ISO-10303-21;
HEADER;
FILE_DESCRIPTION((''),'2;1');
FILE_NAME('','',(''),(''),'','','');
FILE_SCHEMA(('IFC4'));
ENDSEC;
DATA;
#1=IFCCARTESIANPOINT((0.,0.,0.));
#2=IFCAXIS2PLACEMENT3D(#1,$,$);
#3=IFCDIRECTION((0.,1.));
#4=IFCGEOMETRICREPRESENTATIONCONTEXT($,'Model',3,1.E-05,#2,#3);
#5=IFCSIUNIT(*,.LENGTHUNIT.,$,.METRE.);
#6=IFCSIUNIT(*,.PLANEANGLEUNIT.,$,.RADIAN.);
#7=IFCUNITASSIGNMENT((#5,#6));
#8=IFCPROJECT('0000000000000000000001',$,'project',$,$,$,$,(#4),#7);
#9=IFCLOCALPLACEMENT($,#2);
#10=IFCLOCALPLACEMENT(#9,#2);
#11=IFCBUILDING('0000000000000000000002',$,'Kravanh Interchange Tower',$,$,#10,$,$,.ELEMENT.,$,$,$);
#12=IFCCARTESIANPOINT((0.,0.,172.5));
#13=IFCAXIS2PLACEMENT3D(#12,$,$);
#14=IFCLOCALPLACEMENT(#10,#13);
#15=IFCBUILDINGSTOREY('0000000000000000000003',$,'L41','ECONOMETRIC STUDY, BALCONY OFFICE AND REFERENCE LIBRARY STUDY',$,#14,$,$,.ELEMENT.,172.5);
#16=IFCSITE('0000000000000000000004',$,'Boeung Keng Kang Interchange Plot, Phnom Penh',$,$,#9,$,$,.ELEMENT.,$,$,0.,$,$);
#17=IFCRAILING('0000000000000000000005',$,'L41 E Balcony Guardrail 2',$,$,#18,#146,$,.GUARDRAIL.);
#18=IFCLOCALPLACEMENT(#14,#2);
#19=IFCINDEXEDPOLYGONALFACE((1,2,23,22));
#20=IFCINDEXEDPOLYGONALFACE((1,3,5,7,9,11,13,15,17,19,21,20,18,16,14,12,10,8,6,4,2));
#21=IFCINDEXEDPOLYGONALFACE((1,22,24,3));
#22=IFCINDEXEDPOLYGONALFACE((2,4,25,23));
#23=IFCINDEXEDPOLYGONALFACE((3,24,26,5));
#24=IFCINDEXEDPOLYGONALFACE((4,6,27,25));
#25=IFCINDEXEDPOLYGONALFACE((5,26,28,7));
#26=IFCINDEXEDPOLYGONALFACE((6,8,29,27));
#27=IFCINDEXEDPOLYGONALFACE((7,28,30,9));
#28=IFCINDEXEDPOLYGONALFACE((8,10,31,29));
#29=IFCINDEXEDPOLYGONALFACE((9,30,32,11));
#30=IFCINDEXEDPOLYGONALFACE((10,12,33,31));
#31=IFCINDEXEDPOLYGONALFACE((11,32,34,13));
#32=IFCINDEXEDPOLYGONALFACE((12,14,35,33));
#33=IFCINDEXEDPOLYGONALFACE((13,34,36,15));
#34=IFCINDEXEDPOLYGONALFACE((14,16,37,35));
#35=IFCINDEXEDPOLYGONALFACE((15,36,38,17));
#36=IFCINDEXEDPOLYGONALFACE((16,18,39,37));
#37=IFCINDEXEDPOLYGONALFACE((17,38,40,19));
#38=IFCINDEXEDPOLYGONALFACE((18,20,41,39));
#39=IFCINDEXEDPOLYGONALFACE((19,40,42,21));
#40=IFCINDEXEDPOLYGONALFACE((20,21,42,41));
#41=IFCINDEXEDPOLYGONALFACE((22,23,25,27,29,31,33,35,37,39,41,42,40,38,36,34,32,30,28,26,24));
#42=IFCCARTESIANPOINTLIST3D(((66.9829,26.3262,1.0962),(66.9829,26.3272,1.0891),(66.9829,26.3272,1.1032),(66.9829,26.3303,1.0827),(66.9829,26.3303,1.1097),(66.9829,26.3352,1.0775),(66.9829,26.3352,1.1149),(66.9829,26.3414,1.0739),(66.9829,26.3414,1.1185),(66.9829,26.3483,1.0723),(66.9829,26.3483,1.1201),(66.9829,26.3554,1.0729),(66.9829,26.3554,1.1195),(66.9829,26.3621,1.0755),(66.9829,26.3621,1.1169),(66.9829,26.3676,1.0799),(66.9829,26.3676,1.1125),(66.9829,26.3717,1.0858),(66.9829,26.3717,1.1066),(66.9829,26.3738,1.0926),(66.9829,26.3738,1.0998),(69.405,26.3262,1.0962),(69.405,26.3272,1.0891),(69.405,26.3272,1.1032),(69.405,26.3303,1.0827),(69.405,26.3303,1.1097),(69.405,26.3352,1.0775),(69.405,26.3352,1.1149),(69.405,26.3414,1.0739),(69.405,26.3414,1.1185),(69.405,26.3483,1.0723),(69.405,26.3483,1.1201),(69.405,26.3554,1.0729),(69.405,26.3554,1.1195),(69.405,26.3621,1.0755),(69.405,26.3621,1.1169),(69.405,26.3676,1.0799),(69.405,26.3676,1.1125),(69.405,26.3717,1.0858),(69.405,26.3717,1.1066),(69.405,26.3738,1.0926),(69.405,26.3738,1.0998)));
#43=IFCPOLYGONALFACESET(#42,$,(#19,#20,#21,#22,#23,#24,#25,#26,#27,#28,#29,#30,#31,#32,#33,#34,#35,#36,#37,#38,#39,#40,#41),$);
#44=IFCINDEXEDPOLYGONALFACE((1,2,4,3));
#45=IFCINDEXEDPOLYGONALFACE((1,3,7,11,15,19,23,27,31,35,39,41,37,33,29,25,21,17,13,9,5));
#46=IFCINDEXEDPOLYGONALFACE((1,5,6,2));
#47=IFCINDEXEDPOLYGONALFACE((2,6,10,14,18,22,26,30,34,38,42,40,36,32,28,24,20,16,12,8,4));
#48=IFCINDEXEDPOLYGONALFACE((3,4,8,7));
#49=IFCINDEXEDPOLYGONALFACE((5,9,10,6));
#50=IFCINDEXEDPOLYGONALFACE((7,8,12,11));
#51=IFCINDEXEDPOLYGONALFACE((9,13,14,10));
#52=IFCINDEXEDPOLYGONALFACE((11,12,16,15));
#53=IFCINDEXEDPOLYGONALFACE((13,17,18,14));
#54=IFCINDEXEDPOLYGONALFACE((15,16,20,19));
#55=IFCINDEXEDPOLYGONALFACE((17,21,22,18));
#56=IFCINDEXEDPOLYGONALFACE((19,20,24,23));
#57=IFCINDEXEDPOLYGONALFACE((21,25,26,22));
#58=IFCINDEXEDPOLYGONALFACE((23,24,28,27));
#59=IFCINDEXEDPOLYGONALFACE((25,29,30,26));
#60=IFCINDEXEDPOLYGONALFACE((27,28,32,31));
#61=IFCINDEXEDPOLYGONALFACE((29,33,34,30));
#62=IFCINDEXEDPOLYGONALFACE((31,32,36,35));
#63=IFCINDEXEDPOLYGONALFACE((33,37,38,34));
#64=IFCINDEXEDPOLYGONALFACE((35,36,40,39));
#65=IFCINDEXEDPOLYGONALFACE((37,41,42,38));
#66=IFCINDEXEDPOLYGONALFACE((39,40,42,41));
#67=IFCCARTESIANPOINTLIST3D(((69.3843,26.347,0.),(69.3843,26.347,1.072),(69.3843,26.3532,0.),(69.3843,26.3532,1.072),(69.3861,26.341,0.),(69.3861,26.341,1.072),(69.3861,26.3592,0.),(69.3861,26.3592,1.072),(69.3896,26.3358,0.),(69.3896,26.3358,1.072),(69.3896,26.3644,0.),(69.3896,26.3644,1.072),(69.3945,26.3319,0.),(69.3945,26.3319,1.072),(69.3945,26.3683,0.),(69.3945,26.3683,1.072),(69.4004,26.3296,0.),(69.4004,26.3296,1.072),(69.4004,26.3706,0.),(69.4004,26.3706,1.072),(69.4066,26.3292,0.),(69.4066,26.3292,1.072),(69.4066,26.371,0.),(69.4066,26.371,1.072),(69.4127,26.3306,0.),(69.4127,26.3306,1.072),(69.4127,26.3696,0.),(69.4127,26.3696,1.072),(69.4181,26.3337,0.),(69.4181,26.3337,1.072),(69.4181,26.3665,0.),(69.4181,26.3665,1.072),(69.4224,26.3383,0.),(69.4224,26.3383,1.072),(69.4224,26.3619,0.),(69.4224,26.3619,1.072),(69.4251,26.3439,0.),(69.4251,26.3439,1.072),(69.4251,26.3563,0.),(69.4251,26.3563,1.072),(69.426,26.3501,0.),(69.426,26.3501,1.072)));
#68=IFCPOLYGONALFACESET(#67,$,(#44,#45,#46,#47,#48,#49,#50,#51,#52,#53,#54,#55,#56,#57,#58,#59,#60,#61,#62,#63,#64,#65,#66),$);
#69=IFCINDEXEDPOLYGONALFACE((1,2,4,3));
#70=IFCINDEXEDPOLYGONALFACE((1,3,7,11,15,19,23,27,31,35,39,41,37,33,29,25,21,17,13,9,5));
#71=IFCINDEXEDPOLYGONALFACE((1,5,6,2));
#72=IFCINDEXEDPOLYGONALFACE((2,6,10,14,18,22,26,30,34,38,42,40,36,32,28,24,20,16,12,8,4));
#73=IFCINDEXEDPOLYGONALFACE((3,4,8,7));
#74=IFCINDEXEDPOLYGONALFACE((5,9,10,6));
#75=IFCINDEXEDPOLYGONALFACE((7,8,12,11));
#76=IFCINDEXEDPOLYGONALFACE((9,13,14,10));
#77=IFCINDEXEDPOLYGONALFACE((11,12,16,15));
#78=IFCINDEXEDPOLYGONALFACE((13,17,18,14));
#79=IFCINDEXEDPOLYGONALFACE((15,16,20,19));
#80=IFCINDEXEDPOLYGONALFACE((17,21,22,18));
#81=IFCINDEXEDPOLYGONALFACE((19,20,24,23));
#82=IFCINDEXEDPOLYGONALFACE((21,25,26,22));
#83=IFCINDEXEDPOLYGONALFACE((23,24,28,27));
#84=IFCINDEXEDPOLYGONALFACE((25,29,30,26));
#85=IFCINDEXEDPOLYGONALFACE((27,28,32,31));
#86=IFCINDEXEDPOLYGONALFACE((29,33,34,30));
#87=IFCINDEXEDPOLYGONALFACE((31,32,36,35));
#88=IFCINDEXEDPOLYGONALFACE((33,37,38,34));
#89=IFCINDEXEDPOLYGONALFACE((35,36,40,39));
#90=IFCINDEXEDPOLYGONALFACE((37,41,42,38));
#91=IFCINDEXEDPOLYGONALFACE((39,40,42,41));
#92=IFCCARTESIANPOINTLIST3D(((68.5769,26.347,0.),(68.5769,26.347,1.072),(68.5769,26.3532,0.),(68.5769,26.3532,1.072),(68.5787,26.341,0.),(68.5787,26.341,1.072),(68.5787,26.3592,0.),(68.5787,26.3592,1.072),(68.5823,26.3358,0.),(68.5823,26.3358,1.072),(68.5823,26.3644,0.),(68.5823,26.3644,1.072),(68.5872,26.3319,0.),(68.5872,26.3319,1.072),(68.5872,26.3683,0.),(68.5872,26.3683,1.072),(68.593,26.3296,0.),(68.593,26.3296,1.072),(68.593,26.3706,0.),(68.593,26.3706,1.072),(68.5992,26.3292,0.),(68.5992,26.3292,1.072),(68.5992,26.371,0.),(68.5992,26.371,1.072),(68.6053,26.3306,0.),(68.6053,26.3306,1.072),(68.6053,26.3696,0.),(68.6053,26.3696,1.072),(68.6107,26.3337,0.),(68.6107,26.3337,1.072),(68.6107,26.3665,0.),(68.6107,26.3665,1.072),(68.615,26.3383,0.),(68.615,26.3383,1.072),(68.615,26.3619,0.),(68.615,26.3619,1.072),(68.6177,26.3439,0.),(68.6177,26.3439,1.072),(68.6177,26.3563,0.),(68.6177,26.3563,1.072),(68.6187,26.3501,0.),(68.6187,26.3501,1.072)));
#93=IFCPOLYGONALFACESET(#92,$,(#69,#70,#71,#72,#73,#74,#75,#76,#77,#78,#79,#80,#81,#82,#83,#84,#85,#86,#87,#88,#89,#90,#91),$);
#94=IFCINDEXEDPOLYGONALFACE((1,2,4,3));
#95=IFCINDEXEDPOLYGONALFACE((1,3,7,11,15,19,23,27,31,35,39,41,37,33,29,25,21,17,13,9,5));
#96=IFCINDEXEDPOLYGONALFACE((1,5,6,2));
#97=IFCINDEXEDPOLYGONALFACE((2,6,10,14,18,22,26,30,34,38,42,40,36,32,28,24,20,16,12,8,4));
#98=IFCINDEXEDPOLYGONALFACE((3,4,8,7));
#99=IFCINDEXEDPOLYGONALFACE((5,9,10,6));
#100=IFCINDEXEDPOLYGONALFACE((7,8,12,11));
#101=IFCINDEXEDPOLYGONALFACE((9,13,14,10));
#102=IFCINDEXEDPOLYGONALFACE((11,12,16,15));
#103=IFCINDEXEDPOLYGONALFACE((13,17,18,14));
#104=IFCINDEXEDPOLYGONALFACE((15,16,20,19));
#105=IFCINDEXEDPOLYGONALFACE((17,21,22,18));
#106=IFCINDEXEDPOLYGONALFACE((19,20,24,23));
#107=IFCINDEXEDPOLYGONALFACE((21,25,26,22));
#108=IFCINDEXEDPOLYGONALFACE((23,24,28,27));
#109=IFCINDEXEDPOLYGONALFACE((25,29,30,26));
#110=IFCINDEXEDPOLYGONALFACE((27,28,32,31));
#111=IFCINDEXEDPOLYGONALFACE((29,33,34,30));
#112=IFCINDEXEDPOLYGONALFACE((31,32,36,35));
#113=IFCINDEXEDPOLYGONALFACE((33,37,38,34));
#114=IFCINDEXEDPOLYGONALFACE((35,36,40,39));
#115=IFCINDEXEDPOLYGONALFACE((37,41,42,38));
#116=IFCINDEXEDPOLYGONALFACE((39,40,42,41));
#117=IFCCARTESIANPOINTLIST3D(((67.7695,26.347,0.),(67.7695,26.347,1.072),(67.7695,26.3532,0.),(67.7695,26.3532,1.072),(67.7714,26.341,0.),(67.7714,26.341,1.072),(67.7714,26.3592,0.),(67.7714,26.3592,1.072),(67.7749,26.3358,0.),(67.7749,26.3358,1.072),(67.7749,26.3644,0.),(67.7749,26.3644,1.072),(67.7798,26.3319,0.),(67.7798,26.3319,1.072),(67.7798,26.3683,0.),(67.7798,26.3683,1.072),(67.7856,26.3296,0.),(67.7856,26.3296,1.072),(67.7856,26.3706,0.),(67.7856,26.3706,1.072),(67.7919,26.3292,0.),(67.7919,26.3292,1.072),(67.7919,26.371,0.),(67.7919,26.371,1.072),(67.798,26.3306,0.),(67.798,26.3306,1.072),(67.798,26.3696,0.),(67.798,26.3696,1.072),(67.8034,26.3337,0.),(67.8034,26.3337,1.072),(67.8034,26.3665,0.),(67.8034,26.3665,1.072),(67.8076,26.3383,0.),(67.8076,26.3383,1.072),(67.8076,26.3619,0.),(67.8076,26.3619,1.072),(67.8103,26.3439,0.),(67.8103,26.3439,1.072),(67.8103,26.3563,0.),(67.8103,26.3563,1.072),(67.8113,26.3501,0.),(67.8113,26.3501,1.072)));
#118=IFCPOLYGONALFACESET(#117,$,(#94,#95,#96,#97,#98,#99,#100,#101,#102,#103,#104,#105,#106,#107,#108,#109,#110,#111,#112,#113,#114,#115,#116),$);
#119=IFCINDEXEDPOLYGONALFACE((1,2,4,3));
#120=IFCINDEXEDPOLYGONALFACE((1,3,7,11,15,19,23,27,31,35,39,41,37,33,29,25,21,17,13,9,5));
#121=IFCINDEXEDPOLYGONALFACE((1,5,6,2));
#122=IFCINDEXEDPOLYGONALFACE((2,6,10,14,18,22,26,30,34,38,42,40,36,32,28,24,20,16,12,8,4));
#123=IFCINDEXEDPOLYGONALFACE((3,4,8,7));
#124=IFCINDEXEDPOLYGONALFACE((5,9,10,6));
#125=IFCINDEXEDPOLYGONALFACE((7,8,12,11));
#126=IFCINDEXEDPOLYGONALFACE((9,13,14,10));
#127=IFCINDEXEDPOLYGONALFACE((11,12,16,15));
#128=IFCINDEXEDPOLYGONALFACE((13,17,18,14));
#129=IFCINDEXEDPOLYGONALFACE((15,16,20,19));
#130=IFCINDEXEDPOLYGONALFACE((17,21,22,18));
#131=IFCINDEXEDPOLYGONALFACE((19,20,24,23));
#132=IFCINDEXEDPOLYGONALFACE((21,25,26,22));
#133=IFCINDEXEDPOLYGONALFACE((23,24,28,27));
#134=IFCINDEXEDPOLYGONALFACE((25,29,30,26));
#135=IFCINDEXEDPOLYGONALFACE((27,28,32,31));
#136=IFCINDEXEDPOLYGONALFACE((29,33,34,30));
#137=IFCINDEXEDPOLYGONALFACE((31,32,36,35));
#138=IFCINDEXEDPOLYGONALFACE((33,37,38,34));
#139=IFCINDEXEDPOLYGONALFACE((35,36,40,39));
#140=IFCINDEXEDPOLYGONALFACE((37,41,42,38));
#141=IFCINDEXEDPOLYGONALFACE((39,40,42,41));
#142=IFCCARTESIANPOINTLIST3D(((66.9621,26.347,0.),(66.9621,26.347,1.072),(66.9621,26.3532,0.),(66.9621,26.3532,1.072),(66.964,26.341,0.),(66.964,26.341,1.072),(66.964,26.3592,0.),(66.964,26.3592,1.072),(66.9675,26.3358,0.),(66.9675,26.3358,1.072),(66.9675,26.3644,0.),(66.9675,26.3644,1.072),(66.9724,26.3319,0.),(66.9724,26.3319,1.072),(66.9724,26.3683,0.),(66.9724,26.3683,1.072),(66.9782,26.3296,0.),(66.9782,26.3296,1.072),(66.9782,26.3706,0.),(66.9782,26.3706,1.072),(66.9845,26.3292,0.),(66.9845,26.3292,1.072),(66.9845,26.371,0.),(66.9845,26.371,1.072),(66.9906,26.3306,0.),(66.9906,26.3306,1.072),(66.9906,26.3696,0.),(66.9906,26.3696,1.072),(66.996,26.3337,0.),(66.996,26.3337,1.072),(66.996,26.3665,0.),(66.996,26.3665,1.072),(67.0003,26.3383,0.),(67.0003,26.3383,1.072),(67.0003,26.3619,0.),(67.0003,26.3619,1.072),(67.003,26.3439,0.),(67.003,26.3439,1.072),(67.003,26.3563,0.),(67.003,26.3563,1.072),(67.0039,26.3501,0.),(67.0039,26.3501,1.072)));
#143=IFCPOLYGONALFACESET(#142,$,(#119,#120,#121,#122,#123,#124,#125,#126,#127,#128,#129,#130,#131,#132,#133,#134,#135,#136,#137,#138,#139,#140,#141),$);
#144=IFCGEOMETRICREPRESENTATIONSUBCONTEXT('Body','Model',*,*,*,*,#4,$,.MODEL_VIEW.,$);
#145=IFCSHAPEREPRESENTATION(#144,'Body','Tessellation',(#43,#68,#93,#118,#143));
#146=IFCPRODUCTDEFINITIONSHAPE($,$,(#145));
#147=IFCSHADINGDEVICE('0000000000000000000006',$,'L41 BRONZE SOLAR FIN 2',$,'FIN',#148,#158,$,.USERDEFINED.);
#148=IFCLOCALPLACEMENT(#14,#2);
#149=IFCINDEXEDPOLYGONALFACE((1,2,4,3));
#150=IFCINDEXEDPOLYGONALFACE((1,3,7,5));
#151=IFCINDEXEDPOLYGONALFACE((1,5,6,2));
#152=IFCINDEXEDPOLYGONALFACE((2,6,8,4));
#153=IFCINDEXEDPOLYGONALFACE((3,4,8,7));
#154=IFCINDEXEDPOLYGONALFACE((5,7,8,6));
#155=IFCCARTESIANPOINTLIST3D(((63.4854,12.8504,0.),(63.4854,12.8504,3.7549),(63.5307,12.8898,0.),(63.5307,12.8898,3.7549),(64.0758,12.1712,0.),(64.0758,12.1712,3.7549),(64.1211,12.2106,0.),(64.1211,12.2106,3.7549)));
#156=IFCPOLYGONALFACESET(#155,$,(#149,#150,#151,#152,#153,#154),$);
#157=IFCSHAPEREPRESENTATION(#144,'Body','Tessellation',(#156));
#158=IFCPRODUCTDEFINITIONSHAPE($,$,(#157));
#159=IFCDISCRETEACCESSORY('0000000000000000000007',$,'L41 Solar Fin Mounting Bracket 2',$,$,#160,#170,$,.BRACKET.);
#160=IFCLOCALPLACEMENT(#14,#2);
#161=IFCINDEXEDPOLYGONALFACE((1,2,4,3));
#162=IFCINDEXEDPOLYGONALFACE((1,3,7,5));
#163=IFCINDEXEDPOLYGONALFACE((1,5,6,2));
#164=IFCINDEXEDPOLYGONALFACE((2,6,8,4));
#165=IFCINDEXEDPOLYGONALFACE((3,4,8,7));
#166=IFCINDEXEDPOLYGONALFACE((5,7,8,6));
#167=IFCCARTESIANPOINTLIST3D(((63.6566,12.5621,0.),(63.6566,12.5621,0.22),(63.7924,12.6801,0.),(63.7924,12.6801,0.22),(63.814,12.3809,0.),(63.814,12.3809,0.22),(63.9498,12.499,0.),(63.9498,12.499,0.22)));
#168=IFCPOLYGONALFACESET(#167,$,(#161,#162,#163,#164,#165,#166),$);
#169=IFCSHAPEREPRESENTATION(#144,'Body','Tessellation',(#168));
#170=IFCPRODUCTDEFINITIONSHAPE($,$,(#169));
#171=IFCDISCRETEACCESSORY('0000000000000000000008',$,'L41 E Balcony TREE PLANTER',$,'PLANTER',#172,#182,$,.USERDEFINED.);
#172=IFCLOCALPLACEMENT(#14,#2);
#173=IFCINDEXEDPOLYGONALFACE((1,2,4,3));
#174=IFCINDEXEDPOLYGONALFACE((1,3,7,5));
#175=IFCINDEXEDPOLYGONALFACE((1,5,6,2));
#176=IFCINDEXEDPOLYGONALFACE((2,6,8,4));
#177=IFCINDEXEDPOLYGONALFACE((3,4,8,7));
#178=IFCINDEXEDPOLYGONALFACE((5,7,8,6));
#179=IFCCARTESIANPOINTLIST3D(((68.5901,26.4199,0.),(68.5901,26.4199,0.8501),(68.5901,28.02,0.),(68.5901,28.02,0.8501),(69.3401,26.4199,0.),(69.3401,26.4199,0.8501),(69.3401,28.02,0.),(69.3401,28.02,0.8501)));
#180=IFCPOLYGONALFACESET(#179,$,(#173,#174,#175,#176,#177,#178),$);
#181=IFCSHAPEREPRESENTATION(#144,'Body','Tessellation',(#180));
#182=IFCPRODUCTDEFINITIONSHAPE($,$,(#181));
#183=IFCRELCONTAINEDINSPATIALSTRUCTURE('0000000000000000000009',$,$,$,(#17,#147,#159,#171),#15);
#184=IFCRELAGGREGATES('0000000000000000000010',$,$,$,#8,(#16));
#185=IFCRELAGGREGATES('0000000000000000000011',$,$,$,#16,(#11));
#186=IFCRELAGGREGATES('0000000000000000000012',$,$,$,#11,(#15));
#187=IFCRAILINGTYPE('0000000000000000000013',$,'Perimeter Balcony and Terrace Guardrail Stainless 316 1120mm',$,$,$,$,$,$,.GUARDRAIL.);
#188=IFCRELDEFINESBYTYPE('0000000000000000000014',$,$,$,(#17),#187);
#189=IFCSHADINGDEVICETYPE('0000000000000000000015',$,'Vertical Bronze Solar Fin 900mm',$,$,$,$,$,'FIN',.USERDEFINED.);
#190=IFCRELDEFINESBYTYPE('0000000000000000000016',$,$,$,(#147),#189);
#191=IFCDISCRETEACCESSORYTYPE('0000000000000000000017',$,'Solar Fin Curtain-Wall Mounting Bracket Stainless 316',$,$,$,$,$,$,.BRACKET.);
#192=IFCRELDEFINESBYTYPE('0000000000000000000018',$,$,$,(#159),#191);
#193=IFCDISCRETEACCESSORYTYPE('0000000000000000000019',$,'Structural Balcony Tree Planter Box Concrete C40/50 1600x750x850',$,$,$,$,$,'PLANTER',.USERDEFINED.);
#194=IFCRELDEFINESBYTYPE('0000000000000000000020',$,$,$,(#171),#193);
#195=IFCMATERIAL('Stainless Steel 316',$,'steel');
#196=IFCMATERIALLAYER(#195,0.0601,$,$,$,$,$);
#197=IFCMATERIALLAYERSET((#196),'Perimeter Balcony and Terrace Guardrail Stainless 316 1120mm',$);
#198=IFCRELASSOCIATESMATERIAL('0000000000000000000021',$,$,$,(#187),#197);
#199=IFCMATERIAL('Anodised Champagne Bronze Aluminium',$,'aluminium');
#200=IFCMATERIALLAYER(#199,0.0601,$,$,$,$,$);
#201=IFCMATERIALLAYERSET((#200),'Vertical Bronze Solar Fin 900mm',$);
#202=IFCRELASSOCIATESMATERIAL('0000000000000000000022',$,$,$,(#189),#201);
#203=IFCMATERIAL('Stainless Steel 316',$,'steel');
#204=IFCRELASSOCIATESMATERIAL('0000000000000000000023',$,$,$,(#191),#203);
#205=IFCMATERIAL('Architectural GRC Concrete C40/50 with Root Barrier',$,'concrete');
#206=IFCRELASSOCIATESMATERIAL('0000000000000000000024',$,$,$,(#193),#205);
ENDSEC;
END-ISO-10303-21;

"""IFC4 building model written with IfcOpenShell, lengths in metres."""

from ifc_helpers import new_model, si_unit, direction, frame, origin, origin_2d, place, context, subcontext, project, spatial, rectangle, circle, extrude, material, layer, layer_set, type_object, element, save


model = new_model("IFC4")

# Units and contexts
model_context = context("Model", 3, precision=1e-05, world=origin(), true_north=direction((0.0, 1.0)))
body_context = subcontext(model_context, "Body", "Model", "MODEL_VIEW")
ifc_project = project(units=[si_unit("LENGTHUNIT", "METRE"), si_unit("PLANEANGLEUNIT", "RADIAN")], contexts=[model_context])

# Site, building, storey
site_placement = place(None, origin())
site = spatial("IfcSite", under=ifc_project, at=site_placement, Name="Boeung Keng Kang Interchange Plot, Phnom Penh", CompositionType="ELEMENT", RefElevation=0.0)
building_placement = place(site_placement, origin())
building = spatial("IfcBuilding", under=site, at=building_placement, Name="Kravanh Interchange Tower", CompositionType="ELEMENT")
storey_placement = place(building_placement, frame((0.0, 0.0, 172.5)))
storey = spatial("IfcBuildingStorey", under=building, at=storey_placement, Name="L41", Description="ECONOMETRIC STUDY, BALCONY OFFICE AND REFERENCE LIBRARY STUDY", CompositionType="ELEMENT", Elevation=172.5)

# Railing
ifc_material_1 = material(Name="Stainless Steel 316", Category="steel")
ifc_layer_1 = layer(ifc_material_1, 0.0601)
ifc_layer_set_1 = layer_set([ifc_layer_1], Name="Perimeter Balcony and Terrace Guardrail Stainless 316 1120mm")
railing_type = type_object("IfcRailingType", Name="Perimeter Balcony and Terrace Guardrail Stainless 316 1120mm", PredefinedType="GUARDRAIL", material=ifc_layer_set_1)
railing_placement = place(storey_placement, frame((69.405, 26.3501, 0.0)))
element("IfcRailing", 1, at=railing_placement, inside=storey, type_object=railing_type, Name="L41 E Balcony Guardrail 2", PredefinedType="GUARDRAIL", context=body_context, shape_type="SweptSolid", body=[
    extrude(circle(Radius=0.0239, at=origin_2d()), frame((0.0, 0.0, 1.0962), z_axis=(-1.0, 0.0, 0.0), x_axis=(0.0, -1.0, 0.0)), (0.0, 0.0, 1.0), 2.4221),
    extrude(circle(Radius=0.021, at=origin_2d()), origin(), (0.0, 0.0, 1.0), 1.072),
    extrude(circle(Radius=0.021, at=origin_2d()), frame((-0.8074, 0.0, 0.0)), (0.0, 0.0, 1.0), 1.072),
    extrude(circle(Radius=0.021, at=origin_2d()), frame((-1.6147, 0.0, 0.0)), (0.0, 0.0, 1.0), 1.072),
    extrude(circle(Radius=0.021, at=origin_2d()), frame((-2.4221, 0.0, 0.0)), (0.0, 0.0, 1.0), 1.072),
])

# Shading device
ifc_material_2 = material(Name="Anodised Champagne Bronze Aluminium", Category="aluminium")
ifc_layer_2 = layer(ifc_material_2, 0.0601)
ifc_layer_set_2 = layer_set([ifc_layer_2], Name="Vertical Bronze Solar Fin 900mm")
shading_device_type = type_object("IfcShadingDeviceType", Name="Vertical Bronze Solar Fin 900mm", ElementType="FIN", PredefinedType="USERDEFINED", material=ifc_layer_set_2)
shading_device_placement = place(storey_placement, frame((63.8032, 12.5305, 0.0), z_axis=(0.0, 0.0, 1.0), x_axis=(0.65606, -0.754709, 0.0)))
element("IfcShadingDevice", 2, at=shading_device_placement, inside=storey, type_object=shading_device_type, Name="L41 BRONZE SOLAR FIN 2", ObjectType="FIN", PredefinedType="USERDEFINED", context=body_context, shape_type="SweptSolid", body=[
    extrude(rectangle(XDim=0.8999, YDim=0.0601, at=origin_2d()), origin(), (0.0, 0.0, 1.0), 3.7549),
])

# Discrete accessories
ifc_material_3 = material(Name="Stainless Steel 316", Category="steel")
discrete_accessory_type_1 = type_object("IfcDiscreteAccessoryType", Name="Solar Fin Curtain-Wall Mounting Bracket Stainless 316", PredefinedType="BRACKET", material=ifc_material_3)
discrete_accessory_1_placement = place(storey_placement, frame((63.8032, 12.5305, 0.0), z_axis=(0.0, 0.0, 1.0), x_axis=(0.65606, -0.754709, 0.0)))
element("IfcDiscreteAccessory", 3, at=discrete_accessory_1_placement, inside=storey, type_object=discrete_accessory_type_1, Name="L41 Solar Fin Mounting Bracket 2", PredefinedType="BRACKET", context=body_context, shape_type="SweptSolid", body=[
    extrude(rectangle(XDim=0.24, YDim=0.1799, at=origin_2d()), origin(), (0.0, 0.0, 1.0), 0.22),
])
ifc_material_4 = material(Name="Architectural GRC Concrete C40/50 with Root Barrier", Category="concrete")
discrete_accessory_type_2 = type_object("IfcDiscreteAccessoryType", Name="Structural Balcony Tree Planter Box Concrete C40/50 1600x750x850", ElementType="PLANTER", PredefinedType="USERDEFINED", material=ifc_material_4)
discrete_accessory_2_placement = place(storey_placement, frame((68.9651, 27.22, 0.0), z_axis=(0.0, 0.0, 1.0), x_axis=(1.0, 0.0, 0.0)))
element("IfcDiscreteAccessory", 4, at=discrete_accessory_2_placement, inside=storey, type_object=discrete_accessory_type_2, Name="L41 E Balcony TREE PLANTER", ObjectType="PLANTER", PredefinedType="USERDEFINED", context=body_context, shape_type="SweptSolid", body=[
    extrude(rectangle(XDim=0.75, YDim=1.6001, at=origin_2d()), origin(), (0.0, 0.0, 1.0), 0.8501),
])

save(model, "model.ifc")
